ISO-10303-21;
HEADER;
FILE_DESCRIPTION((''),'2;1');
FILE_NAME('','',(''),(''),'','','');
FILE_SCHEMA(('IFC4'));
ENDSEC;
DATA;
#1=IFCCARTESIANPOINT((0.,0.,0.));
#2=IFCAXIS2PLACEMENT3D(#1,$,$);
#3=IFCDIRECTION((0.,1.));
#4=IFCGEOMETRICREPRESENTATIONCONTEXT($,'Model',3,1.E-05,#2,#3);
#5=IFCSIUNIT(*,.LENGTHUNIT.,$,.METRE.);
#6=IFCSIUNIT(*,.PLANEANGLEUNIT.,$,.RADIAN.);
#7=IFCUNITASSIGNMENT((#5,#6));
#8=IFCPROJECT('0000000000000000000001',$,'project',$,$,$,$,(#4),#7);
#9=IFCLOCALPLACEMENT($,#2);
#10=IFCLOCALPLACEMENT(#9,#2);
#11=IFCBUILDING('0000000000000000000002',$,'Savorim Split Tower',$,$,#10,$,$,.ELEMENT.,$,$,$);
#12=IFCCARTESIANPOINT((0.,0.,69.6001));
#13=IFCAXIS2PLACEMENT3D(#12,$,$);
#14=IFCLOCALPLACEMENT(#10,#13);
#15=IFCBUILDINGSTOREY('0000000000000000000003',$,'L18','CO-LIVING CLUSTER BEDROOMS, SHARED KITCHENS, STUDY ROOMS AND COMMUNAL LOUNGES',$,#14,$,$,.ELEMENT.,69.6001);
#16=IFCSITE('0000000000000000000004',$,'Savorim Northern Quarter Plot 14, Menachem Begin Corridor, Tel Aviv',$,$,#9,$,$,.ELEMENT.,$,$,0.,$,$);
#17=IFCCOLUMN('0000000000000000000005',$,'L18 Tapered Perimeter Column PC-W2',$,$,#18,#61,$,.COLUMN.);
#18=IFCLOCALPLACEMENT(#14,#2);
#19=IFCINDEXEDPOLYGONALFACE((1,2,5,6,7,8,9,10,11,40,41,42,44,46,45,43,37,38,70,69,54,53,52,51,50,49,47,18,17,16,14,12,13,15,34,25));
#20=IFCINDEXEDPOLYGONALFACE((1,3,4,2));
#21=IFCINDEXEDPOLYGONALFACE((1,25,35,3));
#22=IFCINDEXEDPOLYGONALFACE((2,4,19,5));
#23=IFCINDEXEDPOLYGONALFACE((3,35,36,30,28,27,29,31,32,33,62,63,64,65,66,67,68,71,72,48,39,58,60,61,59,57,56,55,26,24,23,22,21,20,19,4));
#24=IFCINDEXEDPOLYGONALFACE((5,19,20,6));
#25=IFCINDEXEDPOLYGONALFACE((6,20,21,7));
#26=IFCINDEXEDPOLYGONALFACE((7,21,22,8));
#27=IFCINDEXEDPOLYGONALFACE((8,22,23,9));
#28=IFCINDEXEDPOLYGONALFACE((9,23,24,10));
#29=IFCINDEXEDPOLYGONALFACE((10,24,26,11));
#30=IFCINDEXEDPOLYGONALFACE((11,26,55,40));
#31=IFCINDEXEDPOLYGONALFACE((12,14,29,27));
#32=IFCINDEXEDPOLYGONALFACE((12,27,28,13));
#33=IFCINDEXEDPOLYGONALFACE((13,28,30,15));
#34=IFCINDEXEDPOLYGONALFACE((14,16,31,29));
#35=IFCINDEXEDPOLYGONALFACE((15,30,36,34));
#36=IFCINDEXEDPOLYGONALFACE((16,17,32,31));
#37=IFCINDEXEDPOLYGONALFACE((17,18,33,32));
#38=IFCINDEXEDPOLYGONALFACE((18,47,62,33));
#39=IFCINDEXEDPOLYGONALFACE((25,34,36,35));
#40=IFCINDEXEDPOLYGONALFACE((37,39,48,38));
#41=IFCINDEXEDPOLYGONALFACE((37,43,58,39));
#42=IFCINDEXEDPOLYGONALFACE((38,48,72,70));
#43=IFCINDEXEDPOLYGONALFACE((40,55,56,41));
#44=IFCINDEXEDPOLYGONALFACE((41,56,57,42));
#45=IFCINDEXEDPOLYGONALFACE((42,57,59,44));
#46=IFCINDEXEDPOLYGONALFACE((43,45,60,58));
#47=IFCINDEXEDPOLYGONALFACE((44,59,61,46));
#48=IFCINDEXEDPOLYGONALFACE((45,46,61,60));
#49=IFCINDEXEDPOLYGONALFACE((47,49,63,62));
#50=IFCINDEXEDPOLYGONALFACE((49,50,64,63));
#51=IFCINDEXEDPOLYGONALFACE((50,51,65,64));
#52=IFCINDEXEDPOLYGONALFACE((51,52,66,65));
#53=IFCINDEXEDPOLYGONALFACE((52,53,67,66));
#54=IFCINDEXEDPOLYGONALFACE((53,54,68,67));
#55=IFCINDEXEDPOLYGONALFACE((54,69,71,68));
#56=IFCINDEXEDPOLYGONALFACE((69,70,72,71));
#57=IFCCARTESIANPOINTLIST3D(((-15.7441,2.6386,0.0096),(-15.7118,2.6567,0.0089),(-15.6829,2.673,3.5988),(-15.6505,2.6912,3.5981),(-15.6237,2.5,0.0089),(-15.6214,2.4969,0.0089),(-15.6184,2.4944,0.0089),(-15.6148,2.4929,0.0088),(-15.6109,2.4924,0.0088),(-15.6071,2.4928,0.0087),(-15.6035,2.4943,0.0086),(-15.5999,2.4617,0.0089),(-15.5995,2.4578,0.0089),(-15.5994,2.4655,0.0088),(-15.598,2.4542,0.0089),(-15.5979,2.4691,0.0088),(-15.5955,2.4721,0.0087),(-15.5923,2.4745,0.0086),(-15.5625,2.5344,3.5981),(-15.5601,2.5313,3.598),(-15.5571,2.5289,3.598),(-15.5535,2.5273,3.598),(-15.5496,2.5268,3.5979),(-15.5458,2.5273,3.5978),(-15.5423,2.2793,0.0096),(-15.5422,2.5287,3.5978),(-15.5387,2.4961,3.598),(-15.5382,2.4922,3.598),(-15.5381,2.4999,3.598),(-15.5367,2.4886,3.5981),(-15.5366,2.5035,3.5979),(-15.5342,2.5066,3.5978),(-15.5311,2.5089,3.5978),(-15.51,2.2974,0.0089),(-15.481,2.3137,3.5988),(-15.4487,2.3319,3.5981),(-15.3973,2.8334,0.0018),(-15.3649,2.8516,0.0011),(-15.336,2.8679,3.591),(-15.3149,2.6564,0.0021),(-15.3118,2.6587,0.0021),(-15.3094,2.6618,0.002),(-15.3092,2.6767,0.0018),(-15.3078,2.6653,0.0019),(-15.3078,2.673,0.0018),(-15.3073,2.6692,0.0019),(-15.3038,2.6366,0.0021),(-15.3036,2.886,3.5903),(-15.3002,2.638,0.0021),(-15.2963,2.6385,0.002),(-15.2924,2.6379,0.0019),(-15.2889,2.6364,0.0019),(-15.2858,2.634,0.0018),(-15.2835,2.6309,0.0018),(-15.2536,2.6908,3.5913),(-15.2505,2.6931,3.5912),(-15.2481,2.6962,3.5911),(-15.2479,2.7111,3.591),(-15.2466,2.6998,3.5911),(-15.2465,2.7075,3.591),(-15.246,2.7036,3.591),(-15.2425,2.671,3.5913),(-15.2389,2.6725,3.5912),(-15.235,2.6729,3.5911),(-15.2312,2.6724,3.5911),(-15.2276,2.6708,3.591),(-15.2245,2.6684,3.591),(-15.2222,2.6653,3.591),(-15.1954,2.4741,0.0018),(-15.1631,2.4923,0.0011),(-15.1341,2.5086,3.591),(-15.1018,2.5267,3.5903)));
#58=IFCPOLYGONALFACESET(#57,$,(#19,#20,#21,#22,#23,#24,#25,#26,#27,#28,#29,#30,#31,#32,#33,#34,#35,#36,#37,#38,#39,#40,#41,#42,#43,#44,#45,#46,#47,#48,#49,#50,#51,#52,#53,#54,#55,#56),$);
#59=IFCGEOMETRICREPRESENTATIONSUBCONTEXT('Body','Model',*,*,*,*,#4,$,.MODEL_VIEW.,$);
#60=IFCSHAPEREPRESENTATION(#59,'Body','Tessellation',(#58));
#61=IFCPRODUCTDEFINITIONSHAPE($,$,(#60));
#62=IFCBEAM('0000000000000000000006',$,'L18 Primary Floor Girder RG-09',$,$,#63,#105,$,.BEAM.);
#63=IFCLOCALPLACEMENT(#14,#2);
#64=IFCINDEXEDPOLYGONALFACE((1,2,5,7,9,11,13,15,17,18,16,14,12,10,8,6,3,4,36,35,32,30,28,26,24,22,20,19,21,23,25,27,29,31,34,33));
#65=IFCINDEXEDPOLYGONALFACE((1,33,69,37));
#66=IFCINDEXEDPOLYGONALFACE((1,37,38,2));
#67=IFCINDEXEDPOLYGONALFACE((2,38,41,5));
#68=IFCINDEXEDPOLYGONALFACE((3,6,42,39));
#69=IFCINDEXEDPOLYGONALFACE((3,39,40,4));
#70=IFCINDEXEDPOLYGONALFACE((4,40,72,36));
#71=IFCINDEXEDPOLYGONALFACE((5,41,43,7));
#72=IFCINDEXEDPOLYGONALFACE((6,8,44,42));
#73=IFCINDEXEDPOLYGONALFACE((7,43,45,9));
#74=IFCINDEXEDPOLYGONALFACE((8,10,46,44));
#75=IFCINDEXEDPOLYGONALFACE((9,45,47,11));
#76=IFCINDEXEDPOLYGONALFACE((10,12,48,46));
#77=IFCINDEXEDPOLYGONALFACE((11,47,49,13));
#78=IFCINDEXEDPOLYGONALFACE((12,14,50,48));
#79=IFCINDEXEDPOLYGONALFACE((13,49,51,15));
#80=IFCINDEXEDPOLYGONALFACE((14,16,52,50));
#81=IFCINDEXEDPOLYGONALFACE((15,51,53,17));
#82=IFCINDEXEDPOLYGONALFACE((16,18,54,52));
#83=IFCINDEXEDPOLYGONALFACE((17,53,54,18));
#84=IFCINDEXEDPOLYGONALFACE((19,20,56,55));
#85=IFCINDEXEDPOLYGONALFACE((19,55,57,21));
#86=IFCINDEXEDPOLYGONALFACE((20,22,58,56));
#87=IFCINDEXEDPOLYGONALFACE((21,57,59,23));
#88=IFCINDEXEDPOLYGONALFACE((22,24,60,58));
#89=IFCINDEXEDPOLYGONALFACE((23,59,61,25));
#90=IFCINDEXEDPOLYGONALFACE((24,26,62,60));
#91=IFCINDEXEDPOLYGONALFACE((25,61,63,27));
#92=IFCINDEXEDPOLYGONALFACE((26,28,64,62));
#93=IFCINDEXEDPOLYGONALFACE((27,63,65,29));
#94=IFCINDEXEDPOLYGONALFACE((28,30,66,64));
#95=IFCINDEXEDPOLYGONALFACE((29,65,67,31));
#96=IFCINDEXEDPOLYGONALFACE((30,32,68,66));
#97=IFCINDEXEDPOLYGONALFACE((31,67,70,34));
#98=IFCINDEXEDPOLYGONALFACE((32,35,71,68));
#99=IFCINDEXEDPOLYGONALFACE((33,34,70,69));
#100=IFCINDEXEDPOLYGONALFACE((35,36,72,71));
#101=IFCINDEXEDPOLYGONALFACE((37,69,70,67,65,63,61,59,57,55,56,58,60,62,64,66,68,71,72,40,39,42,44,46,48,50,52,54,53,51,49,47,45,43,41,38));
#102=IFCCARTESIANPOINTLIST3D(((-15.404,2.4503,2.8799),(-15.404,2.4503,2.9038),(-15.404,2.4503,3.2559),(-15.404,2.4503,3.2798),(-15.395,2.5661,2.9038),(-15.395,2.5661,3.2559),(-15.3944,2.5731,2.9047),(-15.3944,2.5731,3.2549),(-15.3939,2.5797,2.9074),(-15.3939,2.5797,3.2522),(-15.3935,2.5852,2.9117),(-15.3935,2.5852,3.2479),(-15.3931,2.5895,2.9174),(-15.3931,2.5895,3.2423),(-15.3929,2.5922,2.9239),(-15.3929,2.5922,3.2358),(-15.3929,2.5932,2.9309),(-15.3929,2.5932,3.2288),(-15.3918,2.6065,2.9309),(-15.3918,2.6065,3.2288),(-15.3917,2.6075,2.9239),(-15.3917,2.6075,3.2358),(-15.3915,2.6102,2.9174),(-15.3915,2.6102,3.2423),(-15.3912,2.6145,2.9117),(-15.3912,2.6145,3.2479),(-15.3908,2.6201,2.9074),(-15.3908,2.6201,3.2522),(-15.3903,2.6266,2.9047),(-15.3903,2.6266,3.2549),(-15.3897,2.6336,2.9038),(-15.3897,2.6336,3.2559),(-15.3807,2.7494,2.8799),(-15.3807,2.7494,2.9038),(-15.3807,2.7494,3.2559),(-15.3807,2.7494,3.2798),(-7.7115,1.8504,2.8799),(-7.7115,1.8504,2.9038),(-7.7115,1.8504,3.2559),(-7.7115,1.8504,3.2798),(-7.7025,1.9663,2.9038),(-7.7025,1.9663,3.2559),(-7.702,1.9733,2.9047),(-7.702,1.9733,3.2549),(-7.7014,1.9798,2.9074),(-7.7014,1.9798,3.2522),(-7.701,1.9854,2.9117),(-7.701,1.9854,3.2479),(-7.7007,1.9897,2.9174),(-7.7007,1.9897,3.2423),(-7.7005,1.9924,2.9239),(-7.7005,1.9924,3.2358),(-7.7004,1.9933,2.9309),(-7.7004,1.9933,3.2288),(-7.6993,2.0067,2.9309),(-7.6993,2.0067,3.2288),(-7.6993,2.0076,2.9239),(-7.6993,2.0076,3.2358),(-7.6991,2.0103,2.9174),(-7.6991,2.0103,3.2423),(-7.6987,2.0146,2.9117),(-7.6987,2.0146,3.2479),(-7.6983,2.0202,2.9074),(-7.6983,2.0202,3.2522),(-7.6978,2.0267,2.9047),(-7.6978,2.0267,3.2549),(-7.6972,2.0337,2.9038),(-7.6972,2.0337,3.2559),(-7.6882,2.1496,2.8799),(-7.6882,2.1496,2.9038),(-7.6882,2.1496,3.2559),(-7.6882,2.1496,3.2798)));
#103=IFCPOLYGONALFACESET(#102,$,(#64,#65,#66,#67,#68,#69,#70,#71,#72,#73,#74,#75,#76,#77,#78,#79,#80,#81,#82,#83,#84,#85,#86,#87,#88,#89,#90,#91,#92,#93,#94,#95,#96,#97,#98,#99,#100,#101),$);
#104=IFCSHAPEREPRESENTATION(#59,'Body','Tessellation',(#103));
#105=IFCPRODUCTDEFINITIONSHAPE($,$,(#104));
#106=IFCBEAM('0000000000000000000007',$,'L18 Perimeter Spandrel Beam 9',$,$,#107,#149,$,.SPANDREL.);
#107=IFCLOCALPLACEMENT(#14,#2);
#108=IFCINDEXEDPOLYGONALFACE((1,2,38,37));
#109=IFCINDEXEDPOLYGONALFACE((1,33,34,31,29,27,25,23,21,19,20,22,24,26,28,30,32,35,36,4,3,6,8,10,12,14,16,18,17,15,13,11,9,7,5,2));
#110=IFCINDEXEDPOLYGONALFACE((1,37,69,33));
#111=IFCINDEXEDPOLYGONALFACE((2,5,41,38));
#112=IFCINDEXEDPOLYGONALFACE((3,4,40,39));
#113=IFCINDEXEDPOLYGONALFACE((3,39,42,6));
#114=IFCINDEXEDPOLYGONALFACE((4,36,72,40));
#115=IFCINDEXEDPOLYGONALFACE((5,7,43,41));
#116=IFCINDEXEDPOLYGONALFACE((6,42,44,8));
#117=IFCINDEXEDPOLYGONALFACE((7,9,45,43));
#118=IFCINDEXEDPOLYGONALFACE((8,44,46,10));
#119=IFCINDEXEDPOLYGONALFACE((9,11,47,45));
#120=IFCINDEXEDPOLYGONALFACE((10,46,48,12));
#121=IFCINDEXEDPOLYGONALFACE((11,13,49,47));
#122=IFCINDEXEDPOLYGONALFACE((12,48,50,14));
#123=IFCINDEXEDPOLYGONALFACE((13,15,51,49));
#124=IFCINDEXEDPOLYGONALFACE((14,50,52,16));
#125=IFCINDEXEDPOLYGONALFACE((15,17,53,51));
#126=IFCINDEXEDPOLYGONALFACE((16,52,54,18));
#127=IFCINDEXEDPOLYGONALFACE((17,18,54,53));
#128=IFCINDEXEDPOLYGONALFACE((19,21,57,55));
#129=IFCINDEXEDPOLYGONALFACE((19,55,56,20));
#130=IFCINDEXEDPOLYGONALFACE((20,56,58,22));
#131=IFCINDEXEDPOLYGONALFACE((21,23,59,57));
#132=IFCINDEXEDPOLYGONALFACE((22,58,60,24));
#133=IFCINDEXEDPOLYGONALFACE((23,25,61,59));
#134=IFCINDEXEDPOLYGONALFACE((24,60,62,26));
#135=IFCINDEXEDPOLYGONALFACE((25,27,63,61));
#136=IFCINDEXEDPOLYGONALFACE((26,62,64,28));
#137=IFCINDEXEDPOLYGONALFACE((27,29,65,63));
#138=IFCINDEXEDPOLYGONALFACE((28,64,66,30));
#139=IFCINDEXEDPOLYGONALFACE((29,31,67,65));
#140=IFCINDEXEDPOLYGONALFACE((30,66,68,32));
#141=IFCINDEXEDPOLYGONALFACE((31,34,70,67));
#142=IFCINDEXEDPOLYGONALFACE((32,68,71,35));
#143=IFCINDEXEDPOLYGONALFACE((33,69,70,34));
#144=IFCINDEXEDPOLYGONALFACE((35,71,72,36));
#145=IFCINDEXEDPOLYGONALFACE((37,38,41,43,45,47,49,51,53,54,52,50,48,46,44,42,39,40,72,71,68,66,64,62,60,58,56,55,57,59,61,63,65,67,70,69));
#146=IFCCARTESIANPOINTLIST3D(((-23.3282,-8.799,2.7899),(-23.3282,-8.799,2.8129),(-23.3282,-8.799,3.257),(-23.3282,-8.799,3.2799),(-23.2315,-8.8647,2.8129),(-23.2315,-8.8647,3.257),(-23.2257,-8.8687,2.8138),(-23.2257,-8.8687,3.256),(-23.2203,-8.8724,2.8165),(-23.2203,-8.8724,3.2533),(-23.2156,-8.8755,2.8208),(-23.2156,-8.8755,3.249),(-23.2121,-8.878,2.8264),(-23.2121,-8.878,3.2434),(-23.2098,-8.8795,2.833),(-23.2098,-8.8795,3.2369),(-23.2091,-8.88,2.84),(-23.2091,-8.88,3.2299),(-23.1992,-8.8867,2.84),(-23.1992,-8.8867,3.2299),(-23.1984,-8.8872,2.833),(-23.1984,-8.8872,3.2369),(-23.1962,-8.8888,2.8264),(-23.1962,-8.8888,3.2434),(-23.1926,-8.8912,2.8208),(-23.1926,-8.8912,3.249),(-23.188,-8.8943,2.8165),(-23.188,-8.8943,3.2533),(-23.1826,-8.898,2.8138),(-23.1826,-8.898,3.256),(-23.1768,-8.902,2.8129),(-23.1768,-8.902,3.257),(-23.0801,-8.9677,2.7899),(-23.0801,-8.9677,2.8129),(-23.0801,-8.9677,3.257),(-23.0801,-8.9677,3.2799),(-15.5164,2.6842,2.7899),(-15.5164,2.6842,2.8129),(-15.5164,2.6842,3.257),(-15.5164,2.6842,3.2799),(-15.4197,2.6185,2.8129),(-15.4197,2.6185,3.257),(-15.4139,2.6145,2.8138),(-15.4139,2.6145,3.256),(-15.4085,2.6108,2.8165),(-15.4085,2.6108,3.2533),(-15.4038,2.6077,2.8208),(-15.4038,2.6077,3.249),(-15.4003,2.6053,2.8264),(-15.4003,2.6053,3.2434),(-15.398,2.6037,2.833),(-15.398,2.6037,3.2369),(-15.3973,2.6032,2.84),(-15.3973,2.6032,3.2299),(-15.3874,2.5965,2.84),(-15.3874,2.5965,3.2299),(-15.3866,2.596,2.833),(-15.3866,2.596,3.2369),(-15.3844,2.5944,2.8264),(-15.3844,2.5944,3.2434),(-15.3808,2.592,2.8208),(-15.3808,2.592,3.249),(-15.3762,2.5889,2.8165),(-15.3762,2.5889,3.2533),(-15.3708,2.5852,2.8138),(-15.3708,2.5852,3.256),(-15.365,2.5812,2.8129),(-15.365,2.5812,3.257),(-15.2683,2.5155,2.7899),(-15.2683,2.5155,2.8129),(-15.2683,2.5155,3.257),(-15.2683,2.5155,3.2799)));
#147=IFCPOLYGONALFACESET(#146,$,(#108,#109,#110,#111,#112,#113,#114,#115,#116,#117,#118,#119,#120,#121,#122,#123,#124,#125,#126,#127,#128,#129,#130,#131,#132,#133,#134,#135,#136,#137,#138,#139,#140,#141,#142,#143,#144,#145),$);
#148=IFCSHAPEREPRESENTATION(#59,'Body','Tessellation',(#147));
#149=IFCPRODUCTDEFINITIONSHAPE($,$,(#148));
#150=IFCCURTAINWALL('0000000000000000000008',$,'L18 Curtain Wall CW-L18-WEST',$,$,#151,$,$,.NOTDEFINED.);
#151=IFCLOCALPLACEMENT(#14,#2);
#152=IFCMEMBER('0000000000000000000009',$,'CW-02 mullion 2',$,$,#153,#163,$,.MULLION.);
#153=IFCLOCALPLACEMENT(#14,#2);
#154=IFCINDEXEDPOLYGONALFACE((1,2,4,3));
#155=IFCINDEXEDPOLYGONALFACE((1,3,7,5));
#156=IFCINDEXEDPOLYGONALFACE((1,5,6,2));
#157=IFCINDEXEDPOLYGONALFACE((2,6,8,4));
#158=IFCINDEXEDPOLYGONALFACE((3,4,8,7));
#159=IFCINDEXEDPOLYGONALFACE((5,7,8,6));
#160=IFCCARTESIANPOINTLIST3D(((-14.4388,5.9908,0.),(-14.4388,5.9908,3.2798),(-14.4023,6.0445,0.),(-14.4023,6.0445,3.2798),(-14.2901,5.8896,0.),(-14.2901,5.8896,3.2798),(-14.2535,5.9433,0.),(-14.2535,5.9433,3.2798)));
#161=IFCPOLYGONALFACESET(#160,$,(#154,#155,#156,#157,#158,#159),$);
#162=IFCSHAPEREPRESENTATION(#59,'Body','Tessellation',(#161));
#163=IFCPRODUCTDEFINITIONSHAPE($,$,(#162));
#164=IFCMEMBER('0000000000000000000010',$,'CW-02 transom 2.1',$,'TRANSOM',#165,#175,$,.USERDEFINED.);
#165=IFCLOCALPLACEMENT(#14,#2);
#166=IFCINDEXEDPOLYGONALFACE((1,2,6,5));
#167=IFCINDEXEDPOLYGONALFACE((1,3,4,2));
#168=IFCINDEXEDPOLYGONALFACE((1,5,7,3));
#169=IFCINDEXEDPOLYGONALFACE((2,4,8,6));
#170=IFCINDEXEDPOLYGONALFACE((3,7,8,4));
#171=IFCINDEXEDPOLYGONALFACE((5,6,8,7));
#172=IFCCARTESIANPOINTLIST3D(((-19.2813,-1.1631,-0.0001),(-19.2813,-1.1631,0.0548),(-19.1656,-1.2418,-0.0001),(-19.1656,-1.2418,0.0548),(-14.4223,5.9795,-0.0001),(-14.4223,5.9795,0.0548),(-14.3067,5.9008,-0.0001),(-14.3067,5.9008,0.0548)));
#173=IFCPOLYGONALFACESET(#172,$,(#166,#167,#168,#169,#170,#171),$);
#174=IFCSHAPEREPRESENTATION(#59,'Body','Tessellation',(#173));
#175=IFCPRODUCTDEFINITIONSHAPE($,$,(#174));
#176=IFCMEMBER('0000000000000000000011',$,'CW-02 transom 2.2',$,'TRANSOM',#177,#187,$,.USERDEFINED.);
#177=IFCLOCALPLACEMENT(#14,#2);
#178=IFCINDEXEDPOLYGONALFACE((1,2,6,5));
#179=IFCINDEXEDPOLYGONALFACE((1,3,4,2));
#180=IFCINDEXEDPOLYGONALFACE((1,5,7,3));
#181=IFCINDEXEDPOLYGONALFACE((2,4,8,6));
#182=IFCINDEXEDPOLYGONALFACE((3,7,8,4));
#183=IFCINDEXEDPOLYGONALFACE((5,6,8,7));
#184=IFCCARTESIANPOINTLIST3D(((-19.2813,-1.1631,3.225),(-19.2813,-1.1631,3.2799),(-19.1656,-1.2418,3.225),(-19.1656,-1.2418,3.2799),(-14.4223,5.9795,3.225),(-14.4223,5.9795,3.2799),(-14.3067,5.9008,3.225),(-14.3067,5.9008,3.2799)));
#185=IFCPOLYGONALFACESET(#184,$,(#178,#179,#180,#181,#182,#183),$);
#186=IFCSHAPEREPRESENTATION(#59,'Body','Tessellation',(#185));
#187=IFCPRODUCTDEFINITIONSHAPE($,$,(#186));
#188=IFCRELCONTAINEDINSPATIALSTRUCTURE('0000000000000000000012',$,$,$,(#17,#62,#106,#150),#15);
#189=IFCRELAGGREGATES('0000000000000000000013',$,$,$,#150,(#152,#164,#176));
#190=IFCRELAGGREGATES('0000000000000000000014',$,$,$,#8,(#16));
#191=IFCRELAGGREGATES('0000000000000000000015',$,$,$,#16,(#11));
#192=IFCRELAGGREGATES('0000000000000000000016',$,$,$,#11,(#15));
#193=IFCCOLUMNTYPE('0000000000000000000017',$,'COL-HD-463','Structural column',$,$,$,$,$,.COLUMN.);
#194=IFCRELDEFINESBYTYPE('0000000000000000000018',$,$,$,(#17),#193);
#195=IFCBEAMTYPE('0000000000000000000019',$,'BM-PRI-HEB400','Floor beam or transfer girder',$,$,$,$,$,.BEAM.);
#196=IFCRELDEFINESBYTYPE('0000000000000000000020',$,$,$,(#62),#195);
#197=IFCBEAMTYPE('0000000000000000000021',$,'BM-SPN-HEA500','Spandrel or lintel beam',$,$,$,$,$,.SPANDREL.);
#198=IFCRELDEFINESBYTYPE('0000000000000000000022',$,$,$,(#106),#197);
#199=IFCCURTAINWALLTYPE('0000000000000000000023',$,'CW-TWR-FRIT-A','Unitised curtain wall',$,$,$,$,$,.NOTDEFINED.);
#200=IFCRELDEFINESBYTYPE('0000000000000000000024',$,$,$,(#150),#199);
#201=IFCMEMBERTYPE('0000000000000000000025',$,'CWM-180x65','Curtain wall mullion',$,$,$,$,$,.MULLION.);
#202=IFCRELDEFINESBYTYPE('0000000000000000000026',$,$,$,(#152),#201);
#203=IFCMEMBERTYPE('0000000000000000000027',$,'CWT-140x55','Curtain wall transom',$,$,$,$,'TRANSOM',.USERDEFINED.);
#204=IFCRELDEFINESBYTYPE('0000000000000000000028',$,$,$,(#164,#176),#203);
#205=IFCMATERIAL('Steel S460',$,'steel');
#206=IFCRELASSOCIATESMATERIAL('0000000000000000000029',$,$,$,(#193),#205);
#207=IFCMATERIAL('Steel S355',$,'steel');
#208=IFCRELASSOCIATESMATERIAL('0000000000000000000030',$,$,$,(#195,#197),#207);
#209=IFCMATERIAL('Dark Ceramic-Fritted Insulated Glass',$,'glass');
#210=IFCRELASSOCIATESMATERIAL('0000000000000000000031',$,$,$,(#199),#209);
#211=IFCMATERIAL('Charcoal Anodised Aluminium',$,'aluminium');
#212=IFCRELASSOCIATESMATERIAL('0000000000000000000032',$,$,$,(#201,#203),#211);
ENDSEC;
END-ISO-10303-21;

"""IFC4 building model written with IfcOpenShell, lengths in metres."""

from ifc_helpers import new_model, si_unit, direction, frame, origin, origin_2d, place, context, subcontext, project, spatial, rectangle, i_section, extrude, material, material_profile, profile_set, type_object, element, aggregate, save


model = new_model("IFC4")

# Units and contexts
model_context = context("Model", 3, precision=1e-05, world=origin(), true_north=direction((0.0, 1.0)))
body_context = subcontext(model_context, "Body", "Model", "MODEL_VIEW")
ifc_project = project(units=[si_unit("LENGTHUNIT", "METRE"), si_unit("PLANEANGLEUNIT", "RADIAN")], contexts=[model_context])

# Site, building, storey
site_placement = place(None, origin())
site = spatial("IfcSite", under=ifc_project, at=site_placement, Name="Savorim Northern Quarter Plot 14, Menachem Begin Corridor, Tel Aviv", CompositionType="ELEMENT", RefElevation=0.0)
building_placement = place(site_placement, origin())
building = spatial("IfcBuilding", under=site, at=building_placement, Name="Savorim Split Tower", CompositionType="ELEMENT")
storey_placement = place(building_placement, frame((0.0, 0.0, 69.6001)))
storey = spatial("IfcBuildingStorey", under=building, at=storey_placement, Name="L18", Description="CO-LIVING CLUSTER BEDROOMS, SHARED KITCHENS, STUDY ROOMS AND COMMUNAL LOUNGES", CompositionType="ELEMENT", Elevation=69.6001)

# Column
ifc_material_1 = material(Name="Steel S460", Category="steel")
ifc_material_profile_1 = material_profile(ifc_material_1, i_section(OverallWidth=0.4121, OverallDepth=0.4351, WebThickness=0.0227, FlangeThickness=0.0371, FilletRadius=0.0149, at=origin_2d()), Name="HD 400x463")
ifc_profile_set_1 = profile_set([ifc_material_profile_1], Name="Steel S460")
column_type = type_object("IfcColumnType", Name="COL-HD-463", Description="Structural column", PredefinedType="COLUMN", material=ifc_profile_set_1)
column_placement = place(storey_placement, frame((-15.4536, 2.5654, 0.0054), z_axis=(0.01707, 0.009589, 0.999808), x_axis=(-0.489766, 0.871854, 0.0)))
element("IfcColumn", 1, at=column_placement, inside=storey, type_object=column_type, Name="L18 Tapered Perimeter Column PC-W2", PredefinedType="COLUMN", context=body_context, shape_type="SweptSolid", body=[
    extrude(i_section(OverallWidth=0.4121, OverallDepth=0.4351, WebThickness=0.0227, FlangeThickness=0.0371, FilletRadius=0.0149, at=origin_2d()), origin(), (0.0, 0.0, 1.0), 3.5898),
])

# Beams
ifc_material_2 = material(Name="Steel S355", Category="steel")
ifc_material_profile_2 = material_profile(ifc_material_2, i_section(OverallWidth=0.3, OverallDepth=0.3999, WebThickness=0.0134, FlangeThickness=0.0239, FilletRadius=0.0271, at=origin_2d()), Name="HEB 400")
ifc_profile_set_2 = profile_set([ifc_material_profile_2], Name="Steel S355")
beam_type_1 = type_object("IfcBeamType", Name="BM-PRI-HEB400", Description="Floor beam or transfer girder", PredefinedType="BEAM", material=ifc_profile_set_2)
beam_1_placement = place(storey_placement, frame((-15.3923, 2.5999, 3.0798), z_axis=(0.996973, -0.077744, 0.0), x_axis=(0.077744, 0.996973, 0.0)))
element("IfcBeam", 2, at=beam_1_placement, inside=storey, type_object=beam_type_1, Name="L18 Primary Floor Girder RG-09", PredefinedType="BEAM", context=body_context, shape_type="SweptSolid", body=[
    extrude(i_section(OverallWidth=0.3, OverallDepth=0.3999, WebThickness=0.0134, FlangeThickness=0.0239, FilletRadius=0.0271, at=origin_2d()), origin(), (0.0, 0.0, 1.0), 7.7158),
])
ifc_material_profile_3 = material_profile(ifc_material_2, i_section(OverallWidth=0.3, OverallDepth=0.49, WebThickness=0.012, FlangeThickness=0.0229, FilletRadius=0.0271, at=origin_2d()), Name="HEA 500")
ifc_profile_set_3 = profile_set([ifc_material_profile_3], Name="Steel S355")
beam_type_2 = type_object("IfcBeamType", Name="BM-SPN-HEA500", Description="Spandrel or lintel beam", PredefinedType="SPANDREL", material=ifc_profile_set_3)
beam_2_placement = place(storey_placement, frame((-15.3923, 2.5999, 3.0349), z_axis=(-0.562469, -0.826819, 0.0), x_axis=(0.826819, -0.562469, 0.0)))
element("IfcBeam", 3, at=beam_2_placement, inside=storey, type_object=beam_type_2, Name="L18 Perimeter Spandrel Beam 9", PredefinedType="SPANDREL", context=body_context, shape_type="SweptSolid", body=[
    extrude(i_section(OverallWidth=0.3, OverallDepth=0.49, WebThickness=0.012, FlangeThickness=0.0229, FilletRadius=0.0271, at=origin_2d()), origin(), (0.0, 0.0, 1.0), 13.8884),
])

# Curtain wall, members
ifc_material_3 = material(Name="Dark Ceramic-Fritted Insulated Glass", Category="glass")
curtain_wall_type = type_object("IfcCurtainWallType", Name="CW-TWR-FRIT-A", Description="Unitised curtain wall", PredefinedType="NOTDEFINED", material=ifc_material_3)
curtain_wall_placement = place(storey_placement, origin())
curtain_wall = element("IfcCurtainWall", 4, at=curtain_wall_placement, inside=storey, type_object=curtain_wall_type, Name="L18 Curtain Wall CW-L18-WEST", PredefinedType="NOTDEFINED")
ifc_material_4 = material(Name="Charcoal Anodised Aluminium", Category="aluminium")
ifc_material_profile_4 = material_profile(ifc_material_4, rectangle(XDim=0.1799, YDim=0.0649, at=origin_2d()), Name="ALU-M 180x65")
ifc_profile_set_4 = profile_set([ifc_material_profile_4], Name="Charcoal Anodised Aluminium")
member_type_1 = type_object("IfcMemberType", Name="CWM-180x65", Description="Curtain wall mullion", PredefinedType="MULLION", material=ifc_profile_set_4)
member_1_placement = place(storey_placement, frame((-14.3462, 5.967, 0.0), z_axis=(0.0, 0.0, 1.0), x_axis=(0.82682, -0.562466, 0.0)))
member_1 = element("IfcMember", 5, at=member_1_placement, type_object=member_type_1, Name="CW-02 mullion 2", PredefinedType="MULLION", context=body_context, shape_type="SweptSolid", body=[
    extrude(rectangle(XDim=0.1799, YDim=0.0649, at=origin_2d()), origin(), (0.0, 0.0, 1.0), 3.2798),
])
ifc_material_profile_5 = material_profile(ifc_material_4, rectangle(XDim=0.1399, YDim=0.0549, at=origin_2d()), Name="ALU-T 140x55")
ifc_profile_set_5 = profile_set([ifc_material_profile_5], Name="Charcoal Anodised Aluminium")
member_type_2 = type_object("IfcMemberType", Name="CWT-140x55", Description="Curtain wall transom", ElementType="TRANSOM", PredefinedType="USERDEFINED", material=ifc_profile_set_5)
member_2_placement = place(storey_placement, frame((-14.3645, 5.9402, 0.0273), z_axis=(-0.562463, -0.826822, 0.0), x_axis=(0.826822, -0.562463, 0.0)))
member_2 = element("IfcMember", 6, at=member_2_placement, type_object=member_type_2, Name="CW-02 transom 2.1", ObjectType="TRANSOM", PredefinedType="USERDEFINED", context=body_context, shape_type="SweptSolid", body=[
    extrude(rectangle(XDim=0.1399, YDim=0.0549, at=origin_2d()), origin(), (0.0, 0.0, 1.0), 8.6387),
])
member_3_placement = place(storey_placement, frame((-14.3645, 5.9402, 3.2524), z_axis=(-0.562463, -0.826822, 0.0), x_axis=(0.826822, -0.562463, 0.0)))
member_3 = element("IfcMember", 7, at=member_3_placement, type_object=member_type_2, Name="CW-02 transom 2.2", ObjectType="TRANSOM", PredefinedType="USERDEFINED", context=body_context, shape_type="SweptSolid", body=[
    extrude(rectangle(XDim=0.1399, YDim=0.0549, at=origin_2d()), origin(), (0.0, 0.0, 1.0), 8.6387),
])
aggregate(curtain_wall, [member_1, member_2, member_3])

save(model, "model.ifc")
